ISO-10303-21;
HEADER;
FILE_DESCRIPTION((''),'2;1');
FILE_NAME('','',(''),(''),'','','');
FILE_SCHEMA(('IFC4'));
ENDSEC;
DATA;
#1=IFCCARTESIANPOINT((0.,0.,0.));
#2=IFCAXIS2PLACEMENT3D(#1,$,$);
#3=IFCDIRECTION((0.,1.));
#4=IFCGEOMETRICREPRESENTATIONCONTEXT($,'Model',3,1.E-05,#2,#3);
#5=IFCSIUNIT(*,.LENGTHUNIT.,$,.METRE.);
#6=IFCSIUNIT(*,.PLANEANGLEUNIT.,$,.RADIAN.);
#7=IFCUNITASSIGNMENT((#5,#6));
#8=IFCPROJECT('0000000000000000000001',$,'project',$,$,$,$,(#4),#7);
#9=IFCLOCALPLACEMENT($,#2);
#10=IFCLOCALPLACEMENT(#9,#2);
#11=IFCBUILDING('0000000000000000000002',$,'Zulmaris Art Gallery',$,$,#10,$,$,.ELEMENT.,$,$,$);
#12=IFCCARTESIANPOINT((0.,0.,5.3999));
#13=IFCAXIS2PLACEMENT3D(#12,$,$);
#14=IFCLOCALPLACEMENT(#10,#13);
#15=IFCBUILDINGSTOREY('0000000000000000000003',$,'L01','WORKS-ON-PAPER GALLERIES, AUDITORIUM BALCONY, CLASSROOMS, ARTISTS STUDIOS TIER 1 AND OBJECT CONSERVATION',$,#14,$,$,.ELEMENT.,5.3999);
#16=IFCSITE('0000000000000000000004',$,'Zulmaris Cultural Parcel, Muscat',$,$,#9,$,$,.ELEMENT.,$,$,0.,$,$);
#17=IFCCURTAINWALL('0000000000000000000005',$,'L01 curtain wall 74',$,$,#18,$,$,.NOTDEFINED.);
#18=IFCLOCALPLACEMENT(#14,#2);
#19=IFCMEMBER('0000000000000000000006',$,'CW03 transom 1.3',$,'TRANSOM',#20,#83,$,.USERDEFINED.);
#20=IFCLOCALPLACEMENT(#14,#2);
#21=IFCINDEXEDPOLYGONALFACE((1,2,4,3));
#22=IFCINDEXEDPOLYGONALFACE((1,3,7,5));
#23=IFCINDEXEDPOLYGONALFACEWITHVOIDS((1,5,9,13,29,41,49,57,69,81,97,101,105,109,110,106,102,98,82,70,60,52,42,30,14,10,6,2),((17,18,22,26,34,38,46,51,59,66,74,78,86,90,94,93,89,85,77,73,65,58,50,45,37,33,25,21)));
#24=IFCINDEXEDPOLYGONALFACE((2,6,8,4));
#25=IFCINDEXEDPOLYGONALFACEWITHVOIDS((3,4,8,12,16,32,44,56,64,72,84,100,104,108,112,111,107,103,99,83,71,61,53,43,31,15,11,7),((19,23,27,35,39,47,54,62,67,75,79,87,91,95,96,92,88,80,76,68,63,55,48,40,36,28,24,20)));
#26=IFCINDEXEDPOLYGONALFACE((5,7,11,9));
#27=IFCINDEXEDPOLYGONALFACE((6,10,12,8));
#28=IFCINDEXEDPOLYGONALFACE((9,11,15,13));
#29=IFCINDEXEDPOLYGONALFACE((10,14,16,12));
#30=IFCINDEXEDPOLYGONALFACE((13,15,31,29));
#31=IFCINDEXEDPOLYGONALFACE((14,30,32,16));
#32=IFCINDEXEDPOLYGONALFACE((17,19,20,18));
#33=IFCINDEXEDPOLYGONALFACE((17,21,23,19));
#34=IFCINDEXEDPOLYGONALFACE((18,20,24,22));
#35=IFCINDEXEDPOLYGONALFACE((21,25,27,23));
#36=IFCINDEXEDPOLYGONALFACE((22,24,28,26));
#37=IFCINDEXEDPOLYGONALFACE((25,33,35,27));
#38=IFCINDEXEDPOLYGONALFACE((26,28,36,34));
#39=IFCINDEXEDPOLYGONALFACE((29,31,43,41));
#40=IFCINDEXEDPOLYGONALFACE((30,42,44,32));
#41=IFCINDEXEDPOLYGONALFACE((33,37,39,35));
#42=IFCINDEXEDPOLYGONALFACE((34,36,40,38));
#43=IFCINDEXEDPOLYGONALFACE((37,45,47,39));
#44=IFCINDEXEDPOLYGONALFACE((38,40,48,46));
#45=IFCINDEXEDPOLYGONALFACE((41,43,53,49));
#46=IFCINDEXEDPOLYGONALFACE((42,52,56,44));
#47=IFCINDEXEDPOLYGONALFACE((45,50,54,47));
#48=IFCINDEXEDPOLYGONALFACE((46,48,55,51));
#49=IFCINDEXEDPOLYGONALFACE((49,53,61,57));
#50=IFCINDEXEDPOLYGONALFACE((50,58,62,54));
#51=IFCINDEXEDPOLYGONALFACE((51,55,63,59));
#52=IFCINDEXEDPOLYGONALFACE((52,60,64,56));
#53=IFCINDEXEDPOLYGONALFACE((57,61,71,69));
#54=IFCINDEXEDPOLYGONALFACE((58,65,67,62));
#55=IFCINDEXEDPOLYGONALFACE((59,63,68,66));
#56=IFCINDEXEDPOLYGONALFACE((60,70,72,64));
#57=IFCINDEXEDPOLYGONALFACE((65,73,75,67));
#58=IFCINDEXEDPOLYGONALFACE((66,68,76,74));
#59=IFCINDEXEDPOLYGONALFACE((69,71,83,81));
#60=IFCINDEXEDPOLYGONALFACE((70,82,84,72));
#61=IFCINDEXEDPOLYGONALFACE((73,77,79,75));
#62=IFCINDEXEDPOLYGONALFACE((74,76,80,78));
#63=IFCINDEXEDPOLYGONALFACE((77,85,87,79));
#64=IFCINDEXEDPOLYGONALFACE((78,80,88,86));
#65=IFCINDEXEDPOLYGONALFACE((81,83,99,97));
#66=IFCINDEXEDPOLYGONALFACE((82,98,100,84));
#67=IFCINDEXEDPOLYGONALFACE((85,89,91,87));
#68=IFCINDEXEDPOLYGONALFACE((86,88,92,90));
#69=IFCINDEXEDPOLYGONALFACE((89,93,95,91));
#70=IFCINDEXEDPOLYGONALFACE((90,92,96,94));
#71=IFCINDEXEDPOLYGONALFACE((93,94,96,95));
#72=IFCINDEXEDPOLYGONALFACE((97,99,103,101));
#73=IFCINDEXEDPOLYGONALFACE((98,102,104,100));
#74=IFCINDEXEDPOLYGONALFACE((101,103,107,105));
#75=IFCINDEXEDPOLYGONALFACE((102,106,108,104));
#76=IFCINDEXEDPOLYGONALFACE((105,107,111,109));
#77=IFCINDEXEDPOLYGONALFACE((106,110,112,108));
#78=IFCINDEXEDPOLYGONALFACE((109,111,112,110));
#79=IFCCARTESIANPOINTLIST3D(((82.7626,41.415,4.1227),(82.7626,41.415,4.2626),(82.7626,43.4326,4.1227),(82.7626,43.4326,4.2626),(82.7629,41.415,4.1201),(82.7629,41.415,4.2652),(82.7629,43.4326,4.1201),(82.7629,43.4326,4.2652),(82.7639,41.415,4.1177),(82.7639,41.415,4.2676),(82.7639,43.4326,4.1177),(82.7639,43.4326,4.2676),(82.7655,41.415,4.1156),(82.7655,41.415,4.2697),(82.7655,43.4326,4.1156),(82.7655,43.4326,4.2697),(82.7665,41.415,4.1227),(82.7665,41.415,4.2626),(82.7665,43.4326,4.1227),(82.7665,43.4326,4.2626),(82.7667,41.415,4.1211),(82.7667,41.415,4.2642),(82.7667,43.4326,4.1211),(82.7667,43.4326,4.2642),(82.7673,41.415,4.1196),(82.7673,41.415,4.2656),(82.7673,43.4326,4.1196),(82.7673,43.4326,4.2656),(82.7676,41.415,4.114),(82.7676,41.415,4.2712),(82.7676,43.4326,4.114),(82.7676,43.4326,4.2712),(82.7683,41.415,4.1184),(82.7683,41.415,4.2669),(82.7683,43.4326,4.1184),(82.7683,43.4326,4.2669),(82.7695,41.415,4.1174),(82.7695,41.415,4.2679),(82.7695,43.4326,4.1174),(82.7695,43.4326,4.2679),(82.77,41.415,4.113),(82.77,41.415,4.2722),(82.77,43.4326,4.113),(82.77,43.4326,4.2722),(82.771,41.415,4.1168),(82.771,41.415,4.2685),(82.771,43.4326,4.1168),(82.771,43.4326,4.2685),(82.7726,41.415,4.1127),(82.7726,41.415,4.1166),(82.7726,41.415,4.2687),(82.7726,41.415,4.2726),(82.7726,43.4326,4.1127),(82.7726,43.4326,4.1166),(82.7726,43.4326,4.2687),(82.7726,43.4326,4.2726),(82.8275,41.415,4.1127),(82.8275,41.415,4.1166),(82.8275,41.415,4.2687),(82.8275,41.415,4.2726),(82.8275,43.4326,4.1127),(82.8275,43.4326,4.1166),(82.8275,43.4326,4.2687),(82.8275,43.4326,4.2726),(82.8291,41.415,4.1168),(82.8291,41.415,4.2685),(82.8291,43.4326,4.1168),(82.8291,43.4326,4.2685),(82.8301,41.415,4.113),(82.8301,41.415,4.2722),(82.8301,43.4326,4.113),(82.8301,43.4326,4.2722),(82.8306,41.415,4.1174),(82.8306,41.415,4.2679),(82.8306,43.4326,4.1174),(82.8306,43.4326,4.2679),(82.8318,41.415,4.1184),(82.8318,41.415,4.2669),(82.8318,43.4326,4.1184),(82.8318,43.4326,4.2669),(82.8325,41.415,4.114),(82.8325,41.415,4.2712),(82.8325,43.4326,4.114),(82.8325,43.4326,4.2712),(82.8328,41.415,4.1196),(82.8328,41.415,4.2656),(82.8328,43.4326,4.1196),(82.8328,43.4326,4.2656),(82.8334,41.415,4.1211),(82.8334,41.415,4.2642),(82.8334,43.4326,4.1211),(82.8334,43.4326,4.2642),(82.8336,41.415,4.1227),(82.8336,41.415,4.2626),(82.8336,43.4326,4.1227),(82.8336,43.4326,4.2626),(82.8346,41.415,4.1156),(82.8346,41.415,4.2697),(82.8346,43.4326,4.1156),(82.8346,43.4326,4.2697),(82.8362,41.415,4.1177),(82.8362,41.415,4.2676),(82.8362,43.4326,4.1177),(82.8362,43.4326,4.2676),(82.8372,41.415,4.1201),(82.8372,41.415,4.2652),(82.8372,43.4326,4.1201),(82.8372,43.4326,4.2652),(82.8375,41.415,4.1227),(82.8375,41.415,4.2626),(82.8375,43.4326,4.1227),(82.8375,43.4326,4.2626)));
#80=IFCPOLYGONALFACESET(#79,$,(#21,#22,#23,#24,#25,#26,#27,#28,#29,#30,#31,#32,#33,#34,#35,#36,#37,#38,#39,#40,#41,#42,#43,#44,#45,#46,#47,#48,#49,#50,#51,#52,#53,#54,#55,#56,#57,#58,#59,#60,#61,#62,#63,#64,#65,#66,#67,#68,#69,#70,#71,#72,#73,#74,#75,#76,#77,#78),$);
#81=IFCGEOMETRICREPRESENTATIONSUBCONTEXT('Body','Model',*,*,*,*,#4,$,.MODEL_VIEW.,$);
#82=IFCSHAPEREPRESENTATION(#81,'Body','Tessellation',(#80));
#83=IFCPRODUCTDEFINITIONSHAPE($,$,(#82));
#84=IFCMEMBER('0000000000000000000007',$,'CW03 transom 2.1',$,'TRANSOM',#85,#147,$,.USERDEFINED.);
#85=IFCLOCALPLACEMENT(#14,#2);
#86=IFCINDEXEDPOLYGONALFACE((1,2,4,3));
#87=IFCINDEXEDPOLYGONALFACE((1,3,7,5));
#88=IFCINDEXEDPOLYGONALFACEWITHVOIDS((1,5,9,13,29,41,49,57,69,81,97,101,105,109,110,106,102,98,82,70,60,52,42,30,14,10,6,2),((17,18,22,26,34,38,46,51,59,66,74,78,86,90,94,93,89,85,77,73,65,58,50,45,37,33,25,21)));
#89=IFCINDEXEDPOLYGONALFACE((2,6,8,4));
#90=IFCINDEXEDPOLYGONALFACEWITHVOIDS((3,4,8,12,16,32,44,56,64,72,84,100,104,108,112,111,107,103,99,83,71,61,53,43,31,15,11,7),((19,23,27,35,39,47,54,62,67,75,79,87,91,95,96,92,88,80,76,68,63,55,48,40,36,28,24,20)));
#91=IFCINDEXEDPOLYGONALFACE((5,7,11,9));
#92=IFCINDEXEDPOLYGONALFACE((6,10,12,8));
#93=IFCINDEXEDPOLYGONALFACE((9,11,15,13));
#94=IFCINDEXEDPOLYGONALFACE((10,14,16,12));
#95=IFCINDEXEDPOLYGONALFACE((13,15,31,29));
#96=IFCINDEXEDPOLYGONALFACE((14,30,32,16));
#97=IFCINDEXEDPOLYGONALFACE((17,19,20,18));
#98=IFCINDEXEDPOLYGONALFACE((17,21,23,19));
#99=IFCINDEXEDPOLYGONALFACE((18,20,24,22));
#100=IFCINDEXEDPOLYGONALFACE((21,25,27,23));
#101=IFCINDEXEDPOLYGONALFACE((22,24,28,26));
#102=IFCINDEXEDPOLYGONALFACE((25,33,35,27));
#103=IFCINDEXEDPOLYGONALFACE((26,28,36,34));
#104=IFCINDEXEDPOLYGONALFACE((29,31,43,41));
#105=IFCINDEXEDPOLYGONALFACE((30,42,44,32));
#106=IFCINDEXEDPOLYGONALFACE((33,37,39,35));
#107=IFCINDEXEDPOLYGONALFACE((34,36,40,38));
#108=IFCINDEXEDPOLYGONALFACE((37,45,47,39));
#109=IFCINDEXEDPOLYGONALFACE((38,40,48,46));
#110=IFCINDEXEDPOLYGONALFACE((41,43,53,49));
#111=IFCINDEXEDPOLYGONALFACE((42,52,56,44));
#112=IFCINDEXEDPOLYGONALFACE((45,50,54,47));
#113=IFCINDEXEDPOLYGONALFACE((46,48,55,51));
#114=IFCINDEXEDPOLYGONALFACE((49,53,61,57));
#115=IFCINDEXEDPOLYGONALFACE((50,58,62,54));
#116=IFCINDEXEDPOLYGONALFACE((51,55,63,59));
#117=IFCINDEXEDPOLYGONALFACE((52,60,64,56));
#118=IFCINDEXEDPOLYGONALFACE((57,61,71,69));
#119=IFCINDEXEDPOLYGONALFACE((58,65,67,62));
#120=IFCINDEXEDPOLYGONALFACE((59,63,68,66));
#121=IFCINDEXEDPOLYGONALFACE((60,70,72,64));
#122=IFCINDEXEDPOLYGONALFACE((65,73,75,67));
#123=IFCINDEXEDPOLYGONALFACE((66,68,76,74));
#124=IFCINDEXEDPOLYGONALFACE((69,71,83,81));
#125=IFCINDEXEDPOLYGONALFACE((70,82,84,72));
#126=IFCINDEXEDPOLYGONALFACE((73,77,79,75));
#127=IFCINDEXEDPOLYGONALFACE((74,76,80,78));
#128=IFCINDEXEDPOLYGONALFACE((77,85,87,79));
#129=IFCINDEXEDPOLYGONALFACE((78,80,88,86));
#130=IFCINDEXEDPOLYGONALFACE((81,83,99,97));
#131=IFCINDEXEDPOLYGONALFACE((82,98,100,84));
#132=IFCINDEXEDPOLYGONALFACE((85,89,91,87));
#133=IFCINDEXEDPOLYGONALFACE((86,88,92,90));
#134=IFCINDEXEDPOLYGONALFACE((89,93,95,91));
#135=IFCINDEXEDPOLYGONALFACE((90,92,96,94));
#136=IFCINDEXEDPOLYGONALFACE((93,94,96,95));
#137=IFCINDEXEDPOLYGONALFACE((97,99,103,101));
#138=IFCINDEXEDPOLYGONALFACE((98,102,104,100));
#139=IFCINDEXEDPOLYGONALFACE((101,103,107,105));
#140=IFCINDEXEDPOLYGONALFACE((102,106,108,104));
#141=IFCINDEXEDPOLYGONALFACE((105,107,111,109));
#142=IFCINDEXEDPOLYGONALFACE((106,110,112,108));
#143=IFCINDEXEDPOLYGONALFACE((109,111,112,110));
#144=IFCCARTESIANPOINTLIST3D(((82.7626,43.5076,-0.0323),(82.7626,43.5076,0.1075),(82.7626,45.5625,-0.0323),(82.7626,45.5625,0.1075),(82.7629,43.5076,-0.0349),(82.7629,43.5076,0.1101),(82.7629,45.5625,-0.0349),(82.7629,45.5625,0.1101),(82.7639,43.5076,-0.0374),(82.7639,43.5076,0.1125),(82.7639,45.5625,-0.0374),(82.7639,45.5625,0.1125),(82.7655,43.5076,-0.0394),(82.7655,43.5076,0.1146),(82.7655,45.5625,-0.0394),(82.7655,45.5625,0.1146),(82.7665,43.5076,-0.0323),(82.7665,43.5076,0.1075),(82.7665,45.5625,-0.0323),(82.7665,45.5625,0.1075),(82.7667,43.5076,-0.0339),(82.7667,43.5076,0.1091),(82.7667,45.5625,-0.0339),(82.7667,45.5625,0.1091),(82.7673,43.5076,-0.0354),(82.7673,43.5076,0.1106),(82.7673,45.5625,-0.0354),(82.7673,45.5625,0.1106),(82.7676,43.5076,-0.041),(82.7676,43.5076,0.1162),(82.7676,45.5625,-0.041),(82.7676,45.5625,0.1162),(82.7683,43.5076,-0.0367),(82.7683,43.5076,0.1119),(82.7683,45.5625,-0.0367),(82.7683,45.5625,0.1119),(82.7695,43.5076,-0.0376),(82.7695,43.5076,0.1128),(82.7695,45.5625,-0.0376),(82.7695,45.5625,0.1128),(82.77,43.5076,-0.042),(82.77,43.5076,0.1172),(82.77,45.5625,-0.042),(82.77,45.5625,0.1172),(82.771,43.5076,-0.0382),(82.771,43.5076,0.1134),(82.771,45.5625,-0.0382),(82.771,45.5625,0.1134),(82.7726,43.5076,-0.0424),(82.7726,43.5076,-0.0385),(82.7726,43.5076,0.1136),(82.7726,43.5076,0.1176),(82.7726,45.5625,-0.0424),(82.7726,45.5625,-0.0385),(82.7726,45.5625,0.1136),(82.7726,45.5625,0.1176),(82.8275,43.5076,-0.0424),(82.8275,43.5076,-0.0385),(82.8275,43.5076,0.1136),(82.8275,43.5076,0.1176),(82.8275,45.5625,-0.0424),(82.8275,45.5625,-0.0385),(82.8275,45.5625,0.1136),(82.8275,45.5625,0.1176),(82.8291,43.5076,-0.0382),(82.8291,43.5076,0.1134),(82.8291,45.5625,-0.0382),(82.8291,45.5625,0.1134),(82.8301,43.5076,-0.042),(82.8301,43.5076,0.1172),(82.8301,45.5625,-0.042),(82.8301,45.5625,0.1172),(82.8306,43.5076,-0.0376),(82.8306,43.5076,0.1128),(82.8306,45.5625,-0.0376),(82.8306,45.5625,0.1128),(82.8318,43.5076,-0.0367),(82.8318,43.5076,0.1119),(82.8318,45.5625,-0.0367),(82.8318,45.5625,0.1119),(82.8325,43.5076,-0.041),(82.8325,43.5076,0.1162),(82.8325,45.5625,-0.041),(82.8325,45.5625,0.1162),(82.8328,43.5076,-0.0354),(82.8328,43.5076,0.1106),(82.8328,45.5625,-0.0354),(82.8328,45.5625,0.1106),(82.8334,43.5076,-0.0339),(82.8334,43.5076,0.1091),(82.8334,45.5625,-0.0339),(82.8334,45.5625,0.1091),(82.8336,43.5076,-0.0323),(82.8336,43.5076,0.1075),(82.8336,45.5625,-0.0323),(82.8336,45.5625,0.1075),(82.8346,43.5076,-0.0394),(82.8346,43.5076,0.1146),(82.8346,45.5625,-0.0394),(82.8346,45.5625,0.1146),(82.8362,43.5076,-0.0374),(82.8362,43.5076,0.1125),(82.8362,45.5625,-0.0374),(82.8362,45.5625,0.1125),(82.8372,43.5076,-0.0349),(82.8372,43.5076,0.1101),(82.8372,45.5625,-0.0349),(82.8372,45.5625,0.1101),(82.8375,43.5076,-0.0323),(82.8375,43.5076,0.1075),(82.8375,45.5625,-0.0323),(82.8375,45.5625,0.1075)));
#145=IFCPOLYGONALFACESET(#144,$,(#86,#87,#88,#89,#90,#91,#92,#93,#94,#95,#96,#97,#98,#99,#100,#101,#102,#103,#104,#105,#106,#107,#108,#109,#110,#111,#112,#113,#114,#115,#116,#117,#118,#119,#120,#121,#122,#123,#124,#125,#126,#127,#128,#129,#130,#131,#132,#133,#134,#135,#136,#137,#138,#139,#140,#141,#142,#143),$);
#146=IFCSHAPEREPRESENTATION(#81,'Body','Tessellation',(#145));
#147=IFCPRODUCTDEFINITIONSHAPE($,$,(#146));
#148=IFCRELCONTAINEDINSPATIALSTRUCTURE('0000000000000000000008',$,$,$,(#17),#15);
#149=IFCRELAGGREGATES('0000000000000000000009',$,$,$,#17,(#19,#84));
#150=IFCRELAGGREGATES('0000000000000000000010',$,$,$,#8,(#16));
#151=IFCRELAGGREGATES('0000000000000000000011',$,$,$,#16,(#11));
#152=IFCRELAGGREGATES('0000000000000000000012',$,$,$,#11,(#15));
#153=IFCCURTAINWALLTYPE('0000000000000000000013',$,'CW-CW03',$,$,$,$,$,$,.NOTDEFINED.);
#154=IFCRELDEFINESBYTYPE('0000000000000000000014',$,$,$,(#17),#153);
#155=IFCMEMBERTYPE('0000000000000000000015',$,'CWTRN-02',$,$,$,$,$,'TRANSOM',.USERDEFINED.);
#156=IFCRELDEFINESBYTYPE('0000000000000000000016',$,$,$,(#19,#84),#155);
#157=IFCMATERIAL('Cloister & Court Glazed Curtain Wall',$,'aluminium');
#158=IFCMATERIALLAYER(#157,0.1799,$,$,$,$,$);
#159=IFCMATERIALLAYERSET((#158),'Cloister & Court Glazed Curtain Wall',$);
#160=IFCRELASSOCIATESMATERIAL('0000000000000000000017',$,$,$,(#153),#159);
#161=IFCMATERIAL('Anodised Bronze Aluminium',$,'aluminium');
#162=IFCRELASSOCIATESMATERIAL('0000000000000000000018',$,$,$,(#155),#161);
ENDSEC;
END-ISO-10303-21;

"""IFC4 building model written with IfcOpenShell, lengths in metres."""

from ifc_helpers import new_model, si_unit, direction, frame, origin, origin_2d, place, context, subcontext, project, spatial, hollow_rectangle, extrude, material, layer, layer_set, material_profile, profile_set, type_object, element, aggregate, save


model = new_model("IFC4")

# Units and contexts
model_context = context("Model", 3, precision=1e-05, world=origin(), true_north=direction((0.0, 1.0)))
body_context = subcontext(model_context, "Body", "Model", "MODEL_VIEW")
ifc_project = project(units=[si_unit("LENGTHUNIT", "METRE"), si_unit("PLANEANGLEUNIT", "RADIAN")], contexts=[model_context])

# Site, building, storey
site_placement = place(None, origin())
site = spatial("IfcSite", under=ifc_project, at=site_placement, Name="Zulmaris Cultural Parcel, Muscat", CompositionType="ELEMENT", RefElevation=0.0)
building_placement = place(site_placement, origin())
building = spatial("IfcBuilding", under=site, at=building_placement, Name="Zulmaris Art Gallery", CompositionType="ELEMENT")
storey_placement = place(building_placement, frame((0.0, 0.0, 5.3999)))
storey = spatial("IfcBuildingStorey", under=building, at=storey_placement, Name="L01", Description="WORKS-ON-PAPER GALLERIES, AUDITORIUM BALCONY, CLASSROOMS, ARTISTS STUDIOS TIER 1 AND OBJECT CONSERVATION", CompositionType="ELEMENT", Elevation=5.3999)

# Shared definitions
ifc_material_1 = material(Name="Cloister & Court Glazed Curtain Wall", Category="aluminium")
ifc_layer_1 = layer(ifc_material_1, 0.1799)
ifc_layer_set_1 = layer_set([ifc_layer_1], Name="Cloister & Court Glazed Curtain Wall")
curtain_wall_type = type_object("IfcCurtainWallType", Name="CW-CW03", PredefinedType="NOTDEFINED", material=ifc_layer_set_1)
ifc_material_2 = material(Name="Anodised Bronze Aluminium", Category="aluminium")

# Shared definitions
ifc_material_profile_1 = material_profile(ifc_material_2, hollow_rectangle(XDim=0.075, YDim=0.1599, WallThickness=0.0039, InnerFilletRadius=0.0061, OuterFilletRadius=0.01, at=origin_2d()), Name="ALU 75x160x4")
ifc_profile_set_1 = profile_set([ifc_material_profile_1], Name="Anodised Bronze Aluminium")
member_type_1 = type_object("IfcMemberType", Name="CWTRN-02", ElementType="TRANSOM", PredefinedType="USERDEFINED", material=ifc_profile_set_1)

# Curtain wall, members
curtain_wall_1_placement = place(storey_placement, origin())
curtain_wall_1 = element("IfcCurtainWall", 1, at=curtain_wall_1_placement, inside=storey, type_object=curtain_wall_type, Name="L01 curtain wall 74", PredefinedType="NOTDEFINED")
member_1_placement = place(storey_placement, frame((82.8, 41.415, 4.1926), z_axis=(0.0, 1.0, 0.0), x_axis=(-1.0, 0.0, 0.0)))
member_1 = element("IfcMember", 2, at=member_1_placement, type_object=member_type_1, Name="CW03 transom 1.3", ObjectType="TRANSOM", PredefinedType="USERDEFINED", context=body_context, shape_type="SweptSolid", body=[
    extrude(hollow_rectangle(XDim=0.075, YDim=0.1599, WallThickness=0.0039, InnerFilletRadius=0.0061, OuterFilletRadius=0.01, at=origin_2d()), origin(), (0.0, 0.0, 1.0), 2.0176),
])
member_2_placement = place(storey_placement, frame((82.8, 43.5076, 0.0376), z_axis=(0.0, 1.0, 0.0), x_axis=(-1.0, 0.0, 0.0)))
member_2 = element("IfcMember", 3, at=member_2_placement, type_object=member_type_1, Name="CW03 transom 2.1", ObjectType="TRANSOM", PredefinedType="USERDEFINED", context=body_context, shape_type="SweptSolid", body=[
    extrude(hollow_rectangle(XDim=0.075, YDim=0.1599, WallThickness=0.0039, InnerFilletRadius=0.0061, OuterFilletRadius=0.01, at=origin_2d()), origin(), (0.0, 0.0, 1.0), 2.0549),
])

aggregate(curtain_wall_1, [member_1, member_2])

save(model, "model.ifc")
